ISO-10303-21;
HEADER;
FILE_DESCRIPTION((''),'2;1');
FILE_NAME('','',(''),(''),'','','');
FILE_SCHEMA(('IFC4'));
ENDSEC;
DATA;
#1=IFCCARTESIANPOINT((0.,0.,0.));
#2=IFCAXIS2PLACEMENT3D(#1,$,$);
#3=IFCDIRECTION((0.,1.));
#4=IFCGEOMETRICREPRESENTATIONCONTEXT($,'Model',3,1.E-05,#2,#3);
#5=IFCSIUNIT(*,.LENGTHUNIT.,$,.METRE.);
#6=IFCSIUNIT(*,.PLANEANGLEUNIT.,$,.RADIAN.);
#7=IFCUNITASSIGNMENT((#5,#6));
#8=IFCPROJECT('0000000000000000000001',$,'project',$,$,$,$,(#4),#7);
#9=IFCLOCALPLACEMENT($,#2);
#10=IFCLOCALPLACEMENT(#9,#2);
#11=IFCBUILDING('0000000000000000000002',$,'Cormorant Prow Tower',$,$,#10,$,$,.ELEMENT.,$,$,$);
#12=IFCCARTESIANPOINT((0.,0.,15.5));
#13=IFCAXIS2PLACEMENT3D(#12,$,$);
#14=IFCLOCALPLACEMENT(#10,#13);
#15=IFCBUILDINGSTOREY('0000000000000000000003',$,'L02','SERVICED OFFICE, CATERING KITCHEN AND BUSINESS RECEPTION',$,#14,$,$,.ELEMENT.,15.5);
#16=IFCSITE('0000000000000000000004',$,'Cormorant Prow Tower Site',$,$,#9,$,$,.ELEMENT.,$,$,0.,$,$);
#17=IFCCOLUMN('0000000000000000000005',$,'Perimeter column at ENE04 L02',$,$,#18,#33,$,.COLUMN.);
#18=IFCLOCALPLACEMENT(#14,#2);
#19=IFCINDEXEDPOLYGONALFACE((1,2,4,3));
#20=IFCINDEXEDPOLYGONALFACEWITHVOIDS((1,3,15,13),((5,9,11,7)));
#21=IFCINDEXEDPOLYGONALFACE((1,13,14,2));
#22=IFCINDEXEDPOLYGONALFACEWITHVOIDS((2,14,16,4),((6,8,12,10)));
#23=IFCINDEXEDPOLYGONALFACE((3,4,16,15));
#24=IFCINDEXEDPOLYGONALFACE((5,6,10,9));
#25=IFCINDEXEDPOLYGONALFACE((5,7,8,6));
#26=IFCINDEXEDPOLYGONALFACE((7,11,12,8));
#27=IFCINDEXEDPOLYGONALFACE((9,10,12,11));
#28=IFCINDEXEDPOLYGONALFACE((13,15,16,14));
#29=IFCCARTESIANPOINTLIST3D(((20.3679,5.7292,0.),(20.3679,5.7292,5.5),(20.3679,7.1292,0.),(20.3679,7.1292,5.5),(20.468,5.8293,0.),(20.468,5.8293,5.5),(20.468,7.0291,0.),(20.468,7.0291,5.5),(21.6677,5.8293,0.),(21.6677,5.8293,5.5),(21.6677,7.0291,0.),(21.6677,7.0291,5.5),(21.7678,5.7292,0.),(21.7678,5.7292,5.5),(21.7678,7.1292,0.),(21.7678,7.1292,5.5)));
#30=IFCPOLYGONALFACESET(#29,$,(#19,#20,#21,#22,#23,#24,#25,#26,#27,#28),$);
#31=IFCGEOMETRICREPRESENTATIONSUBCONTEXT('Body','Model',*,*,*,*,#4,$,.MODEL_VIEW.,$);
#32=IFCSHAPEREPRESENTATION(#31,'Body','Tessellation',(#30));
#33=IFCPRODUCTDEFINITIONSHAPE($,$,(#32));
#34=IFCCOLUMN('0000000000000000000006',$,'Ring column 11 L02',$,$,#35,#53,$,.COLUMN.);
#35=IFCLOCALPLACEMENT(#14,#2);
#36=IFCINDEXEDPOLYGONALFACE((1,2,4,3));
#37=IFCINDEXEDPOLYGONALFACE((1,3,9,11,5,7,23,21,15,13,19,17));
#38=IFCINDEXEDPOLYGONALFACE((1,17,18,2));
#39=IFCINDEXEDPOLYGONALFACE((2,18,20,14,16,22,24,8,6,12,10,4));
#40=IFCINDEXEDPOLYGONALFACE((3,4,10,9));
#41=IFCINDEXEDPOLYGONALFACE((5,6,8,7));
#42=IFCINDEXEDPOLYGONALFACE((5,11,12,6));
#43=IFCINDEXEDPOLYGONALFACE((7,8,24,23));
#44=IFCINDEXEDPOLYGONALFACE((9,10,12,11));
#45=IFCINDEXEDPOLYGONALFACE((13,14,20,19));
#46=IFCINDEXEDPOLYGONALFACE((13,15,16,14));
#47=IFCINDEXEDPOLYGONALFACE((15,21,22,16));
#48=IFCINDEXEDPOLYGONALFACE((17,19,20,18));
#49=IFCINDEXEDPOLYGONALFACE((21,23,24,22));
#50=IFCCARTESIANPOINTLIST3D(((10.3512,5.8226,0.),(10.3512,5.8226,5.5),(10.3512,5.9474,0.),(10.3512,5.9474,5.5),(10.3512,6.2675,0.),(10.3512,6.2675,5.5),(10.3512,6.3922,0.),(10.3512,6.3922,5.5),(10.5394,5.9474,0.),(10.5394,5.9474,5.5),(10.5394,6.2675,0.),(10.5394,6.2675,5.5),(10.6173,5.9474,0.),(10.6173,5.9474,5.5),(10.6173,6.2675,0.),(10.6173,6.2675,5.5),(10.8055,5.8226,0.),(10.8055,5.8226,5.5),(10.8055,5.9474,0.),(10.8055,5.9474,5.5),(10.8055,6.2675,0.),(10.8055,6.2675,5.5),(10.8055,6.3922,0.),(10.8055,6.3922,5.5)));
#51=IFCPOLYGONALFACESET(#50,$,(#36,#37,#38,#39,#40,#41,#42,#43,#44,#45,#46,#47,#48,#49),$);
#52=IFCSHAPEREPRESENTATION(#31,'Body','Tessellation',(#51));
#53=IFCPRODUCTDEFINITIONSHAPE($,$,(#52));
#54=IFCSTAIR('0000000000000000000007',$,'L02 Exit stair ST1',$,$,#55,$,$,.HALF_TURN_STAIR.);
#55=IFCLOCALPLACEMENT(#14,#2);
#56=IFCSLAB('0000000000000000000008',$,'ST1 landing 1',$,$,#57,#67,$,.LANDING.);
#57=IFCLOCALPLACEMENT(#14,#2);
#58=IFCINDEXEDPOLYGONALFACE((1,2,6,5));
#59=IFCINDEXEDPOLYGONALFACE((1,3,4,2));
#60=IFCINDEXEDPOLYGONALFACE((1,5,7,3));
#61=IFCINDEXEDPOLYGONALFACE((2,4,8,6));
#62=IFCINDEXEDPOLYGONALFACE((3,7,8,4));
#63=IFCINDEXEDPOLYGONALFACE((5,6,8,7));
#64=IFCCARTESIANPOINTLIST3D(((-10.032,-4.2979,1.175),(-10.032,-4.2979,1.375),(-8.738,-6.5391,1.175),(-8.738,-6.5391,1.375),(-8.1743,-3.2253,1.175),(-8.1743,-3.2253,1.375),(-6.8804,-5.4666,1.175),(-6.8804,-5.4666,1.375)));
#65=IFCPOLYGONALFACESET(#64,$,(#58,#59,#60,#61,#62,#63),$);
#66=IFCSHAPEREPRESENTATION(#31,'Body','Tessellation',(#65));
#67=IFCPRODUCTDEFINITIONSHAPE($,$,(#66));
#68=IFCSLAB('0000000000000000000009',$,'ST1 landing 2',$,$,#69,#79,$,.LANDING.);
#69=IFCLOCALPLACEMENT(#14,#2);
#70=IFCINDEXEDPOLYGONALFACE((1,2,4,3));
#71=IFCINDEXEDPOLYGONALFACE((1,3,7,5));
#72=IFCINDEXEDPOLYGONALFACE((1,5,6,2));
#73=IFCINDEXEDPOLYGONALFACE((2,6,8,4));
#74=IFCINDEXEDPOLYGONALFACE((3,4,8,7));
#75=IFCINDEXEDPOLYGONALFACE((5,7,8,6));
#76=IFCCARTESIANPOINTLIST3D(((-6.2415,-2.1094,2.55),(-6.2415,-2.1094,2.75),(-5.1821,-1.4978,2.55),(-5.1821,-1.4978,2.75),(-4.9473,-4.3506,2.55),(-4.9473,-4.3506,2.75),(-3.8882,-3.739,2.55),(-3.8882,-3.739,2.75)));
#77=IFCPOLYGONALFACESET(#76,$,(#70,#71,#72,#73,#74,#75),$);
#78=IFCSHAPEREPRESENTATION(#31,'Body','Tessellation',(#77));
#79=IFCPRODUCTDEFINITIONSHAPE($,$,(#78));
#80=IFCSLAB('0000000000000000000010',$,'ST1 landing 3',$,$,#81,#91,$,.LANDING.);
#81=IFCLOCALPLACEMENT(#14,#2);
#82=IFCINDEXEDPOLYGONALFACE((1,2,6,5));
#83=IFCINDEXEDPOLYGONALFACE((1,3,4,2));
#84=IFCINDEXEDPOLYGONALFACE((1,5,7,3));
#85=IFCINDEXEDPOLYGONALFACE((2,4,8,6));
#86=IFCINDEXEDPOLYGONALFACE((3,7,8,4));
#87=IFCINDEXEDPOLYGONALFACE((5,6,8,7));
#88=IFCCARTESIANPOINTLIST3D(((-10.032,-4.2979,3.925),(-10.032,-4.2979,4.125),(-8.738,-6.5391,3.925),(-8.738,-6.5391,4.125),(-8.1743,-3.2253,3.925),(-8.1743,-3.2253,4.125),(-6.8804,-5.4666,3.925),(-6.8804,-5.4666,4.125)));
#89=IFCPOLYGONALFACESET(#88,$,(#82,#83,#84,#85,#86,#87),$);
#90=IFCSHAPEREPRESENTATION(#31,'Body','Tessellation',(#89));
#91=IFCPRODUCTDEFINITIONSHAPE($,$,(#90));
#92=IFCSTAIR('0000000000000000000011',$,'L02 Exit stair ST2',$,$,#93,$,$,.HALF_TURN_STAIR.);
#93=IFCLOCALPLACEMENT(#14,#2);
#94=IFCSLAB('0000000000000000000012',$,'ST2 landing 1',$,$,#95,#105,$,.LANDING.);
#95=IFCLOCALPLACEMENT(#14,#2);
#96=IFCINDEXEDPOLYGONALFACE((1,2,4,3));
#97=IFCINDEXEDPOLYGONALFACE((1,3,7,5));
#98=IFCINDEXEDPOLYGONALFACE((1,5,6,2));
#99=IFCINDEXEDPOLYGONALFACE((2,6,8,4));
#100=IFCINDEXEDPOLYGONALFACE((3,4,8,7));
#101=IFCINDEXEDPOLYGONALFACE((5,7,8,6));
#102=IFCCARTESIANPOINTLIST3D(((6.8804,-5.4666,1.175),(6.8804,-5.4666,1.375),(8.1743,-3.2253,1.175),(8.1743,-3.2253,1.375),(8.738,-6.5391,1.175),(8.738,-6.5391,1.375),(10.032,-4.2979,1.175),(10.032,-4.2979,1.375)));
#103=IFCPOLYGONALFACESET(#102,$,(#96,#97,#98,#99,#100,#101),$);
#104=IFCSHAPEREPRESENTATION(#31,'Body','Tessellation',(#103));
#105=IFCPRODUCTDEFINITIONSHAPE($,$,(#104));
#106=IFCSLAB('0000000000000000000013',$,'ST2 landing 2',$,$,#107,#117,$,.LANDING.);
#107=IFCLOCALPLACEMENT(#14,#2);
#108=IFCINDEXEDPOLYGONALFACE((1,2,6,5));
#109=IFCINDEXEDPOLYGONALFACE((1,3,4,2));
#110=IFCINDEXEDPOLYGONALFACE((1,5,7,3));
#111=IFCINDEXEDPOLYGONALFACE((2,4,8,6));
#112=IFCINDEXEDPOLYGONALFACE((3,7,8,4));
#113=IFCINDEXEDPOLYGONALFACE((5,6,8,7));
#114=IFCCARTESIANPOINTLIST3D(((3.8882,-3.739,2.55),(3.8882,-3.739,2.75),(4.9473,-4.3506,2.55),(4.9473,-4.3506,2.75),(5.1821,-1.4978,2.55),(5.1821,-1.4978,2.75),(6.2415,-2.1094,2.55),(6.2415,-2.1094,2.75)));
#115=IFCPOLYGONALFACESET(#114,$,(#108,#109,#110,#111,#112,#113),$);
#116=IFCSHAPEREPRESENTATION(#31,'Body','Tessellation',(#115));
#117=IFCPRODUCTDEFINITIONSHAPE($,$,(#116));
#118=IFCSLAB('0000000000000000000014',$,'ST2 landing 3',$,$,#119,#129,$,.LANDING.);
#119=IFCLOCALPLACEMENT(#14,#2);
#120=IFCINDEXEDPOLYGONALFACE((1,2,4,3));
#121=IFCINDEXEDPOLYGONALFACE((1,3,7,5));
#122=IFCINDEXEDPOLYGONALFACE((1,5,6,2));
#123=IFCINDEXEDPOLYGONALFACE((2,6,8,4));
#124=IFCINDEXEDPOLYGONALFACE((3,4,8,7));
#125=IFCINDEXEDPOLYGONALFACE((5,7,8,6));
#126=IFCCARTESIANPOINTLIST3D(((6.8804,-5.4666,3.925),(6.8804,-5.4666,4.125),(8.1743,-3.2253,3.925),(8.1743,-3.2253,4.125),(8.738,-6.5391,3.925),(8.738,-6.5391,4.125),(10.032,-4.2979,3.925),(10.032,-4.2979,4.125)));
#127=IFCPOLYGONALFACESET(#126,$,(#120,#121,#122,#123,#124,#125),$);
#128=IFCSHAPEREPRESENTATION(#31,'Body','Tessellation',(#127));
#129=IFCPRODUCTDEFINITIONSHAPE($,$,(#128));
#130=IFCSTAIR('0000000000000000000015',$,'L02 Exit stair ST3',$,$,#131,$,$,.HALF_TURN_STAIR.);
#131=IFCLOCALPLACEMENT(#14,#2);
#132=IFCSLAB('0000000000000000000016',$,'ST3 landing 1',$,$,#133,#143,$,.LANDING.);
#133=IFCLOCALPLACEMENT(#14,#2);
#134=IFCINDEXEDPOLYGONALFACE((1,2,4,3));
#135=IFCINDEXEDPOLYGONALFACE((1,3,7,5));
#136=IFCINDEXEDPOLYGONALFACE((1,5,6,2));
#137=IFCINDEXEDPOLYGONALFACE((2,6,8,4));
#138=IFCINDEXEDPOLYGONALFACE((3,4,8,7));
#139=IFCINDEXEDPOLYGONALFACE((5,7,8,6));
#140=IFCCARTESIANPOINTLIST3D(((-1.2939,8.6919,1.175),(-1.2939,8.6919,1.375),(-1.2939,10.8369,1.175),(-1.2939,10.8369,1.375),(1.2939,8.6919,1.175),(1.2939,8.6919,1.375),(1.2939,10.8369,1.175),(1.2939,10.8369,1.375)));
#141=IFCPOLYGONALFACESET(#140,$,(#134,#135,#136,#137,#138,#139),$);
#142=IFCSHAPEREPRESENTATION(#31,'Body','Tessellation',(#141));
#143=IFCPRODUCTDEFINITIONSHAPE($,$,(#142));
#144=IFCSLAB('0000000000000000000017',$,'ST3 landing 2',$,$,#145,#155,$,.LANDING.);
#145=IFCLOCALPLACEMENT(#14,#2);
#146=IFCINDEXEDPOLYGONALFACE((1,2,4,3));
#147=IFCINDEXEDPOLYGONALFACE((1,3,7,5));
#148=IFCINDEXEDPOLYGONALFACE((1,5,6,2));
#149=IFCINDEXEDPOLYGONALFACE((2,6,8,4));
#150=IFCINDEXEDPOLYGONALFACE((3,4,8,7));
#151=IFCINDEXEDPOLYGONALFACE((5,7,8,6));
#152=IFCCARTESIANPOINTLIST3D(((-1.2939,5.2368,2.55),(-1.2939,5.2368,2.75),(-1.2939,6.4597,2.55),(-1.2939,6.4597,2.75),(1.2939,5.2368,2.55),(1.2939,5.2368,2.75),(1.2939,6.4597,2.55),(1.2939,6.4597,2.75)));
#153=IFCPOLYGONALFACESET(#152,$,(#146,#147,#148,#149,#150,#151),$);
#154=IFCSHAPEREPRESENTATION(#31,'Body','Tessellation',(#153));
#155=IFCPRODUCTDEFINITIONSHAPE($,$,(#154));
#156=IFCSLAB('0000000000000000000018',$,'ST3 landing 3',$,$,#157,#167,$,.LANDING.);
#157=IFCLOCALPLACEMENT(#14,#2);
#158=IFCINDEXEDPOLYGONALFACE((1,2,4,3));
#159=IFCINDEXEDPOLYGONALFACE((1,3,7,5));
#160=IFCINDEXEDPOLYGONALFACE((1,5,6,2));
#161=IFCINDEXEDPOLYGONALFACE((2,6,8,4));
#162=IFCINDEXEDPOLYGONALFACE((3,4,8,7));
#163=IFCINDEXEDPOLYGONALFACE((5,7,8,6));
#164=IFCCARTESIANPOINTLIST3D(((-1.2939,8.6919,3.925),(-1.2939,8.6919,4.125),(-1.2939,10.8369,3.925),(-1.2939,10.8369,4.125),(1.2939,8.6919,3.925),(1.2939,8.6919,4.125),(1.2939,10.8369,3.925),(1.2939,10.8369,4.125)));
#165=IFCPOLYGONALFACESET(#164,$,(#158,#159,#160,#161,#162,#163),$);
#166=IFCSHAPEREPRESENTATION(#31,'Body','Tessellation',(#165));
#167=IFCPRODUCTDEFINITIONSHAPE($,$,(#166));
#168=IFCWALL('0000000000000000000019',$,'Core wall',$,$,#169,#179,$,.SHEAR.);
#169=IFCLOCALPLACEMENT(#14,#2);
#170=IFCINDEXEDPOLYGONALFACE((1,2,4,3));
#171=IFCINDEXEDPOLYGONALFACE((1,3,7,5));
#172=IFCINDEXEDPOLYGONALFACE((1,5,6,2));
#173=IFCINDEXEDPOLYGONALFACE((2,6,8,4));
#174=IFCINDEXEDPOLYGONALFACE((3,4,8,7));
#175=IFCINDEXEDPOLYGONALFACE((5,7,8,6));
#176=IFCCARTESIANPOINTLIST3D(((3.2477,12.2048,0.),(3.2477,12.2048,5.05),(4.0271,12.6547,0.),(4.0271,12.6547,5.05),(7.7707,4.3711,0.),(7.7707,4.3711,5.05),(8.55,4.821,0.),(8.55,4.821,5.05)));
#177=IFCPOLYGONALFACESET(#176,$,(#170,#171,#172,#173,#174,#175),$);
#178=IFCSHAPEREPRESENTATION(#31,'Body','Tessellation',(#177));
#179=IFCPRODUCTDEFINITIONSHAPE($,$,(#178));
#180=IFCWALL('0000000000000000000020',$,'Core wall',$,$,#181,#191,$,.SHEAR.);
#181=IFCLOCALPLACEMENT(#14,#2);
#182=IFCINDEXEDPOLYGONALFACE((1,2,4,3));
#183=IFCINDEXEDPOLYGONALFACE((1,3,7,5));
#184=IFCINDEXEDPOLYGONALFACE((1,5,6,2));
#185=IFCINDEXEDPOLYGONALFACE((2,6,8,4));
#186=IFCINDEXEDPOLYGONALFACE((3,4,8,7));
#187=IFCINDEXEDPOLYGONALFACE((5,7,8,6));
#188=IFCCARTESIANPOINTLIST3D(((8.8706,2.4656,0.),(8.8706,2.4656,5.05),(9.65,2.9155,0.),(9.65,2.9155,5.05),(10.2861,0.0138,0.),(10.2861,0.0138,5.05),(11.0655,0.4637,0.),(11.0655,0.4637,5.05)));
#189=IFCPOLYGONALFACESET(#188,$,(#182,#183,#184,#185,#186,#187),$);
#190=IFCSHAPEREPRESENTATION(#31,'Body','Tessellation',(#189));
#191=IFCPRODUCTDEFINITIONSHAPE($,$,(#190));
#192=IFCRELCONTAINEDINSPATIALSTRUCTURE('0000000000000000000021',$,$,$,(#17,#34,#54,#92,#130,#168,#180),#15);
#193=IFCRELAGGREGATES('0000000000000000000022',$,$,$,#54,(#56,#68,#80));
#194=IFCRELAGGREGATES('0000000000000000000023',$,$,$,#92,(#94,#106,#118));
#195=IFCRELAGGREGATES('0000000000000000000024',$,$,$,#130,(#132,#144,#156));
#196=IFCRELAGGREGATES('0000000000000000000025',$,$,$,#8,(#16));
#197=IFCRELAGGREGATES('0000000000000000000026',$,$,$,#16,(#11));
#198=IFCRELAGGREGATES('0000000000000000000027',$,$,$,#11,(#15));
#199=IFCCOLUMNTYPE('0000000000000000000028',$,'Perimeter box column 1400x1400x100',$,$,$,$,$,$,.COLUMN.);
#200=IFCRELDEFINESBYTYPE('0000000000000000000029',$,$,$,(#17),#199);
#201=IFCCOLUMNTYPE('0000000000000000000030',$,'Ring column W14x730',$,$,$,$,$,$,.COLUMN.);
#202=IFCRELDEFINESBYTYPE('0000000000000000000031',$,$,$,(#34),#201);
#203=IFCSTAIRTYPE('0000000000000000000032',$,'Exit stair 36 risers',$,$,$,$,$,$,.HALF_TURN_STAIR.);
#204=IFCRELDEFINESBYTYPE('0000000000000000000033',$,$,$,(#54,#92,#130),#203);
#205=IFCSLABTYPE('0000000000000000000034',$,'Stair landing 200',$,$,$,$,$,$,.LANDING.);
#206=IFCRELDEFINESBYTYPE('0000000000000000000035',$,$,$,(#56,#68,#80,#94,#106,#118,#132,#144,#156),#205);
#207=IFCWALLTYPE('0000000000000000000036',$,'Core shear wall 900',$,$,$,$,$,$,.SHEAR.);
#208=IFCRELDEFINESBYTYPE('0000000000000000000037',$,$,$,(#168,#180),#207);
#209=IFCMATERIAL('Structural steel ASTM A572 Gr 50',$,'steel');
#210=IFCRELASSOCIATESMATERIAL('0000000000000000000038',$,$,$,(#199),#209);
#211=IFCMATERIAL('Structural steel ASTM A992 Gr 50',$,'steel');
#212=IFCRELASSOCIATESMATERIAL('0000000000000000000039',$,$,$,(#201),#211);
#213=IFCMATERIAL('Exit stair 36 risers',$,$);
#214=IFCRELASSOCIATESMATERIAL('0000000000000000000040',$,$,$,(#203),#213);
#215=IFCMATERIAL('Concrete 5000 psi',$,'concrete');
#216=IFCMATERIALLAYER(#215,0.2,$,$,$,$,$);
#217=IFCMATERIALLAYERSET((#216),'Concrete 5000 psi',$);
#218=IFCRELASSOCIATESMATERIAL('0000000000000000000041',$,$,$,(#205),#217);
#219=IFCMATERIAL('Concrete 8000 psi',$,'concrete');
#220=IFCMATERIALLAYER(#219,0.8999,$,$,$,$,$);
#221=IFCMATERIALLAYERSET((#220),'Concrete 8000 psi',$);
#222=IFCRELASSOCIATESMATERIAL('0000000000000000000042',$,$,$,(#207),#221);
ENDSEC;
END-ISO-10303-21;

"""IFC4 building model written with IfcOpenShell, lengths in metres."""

from ifc_helpers import new_model, si_unit, direction, frame, frame_2d, origin, origin_2d, place, context, subcontext, project, spatial, polyline, rectangle, hollow_rectangle, i_section, outline, extrude, material, layer, layer_set, material_profile, profile_set, type_object, element, aggregate, save


model = new_model("IFC4")

# Units and contexts
model_context = context("Model", 3, precision=1e-05, world=origin(), true_north=direction((0.0, 1.0)))
body_context = subcontext(model_context, "Body", "Model", "MODEL_VIEW")
ifc_project = project(units=[si_unit("LENGTHUNIT", "METRE"), si_unit("PLANEANGLEUNIT", "RADIAN")], contexts=[model_context])

# Site, building, storey
site_placement = place(None, origin())
site = spatial("IfcSite", under=ifc_project, at=site_placement, Name="Cormorant Prow Tower Site", CompositionType="ELEMENT", RefElevation=0.0)
building_placement = place(site_placement, origin())
building = spatial("IfcBuilding", under=site, at=building_placement, Name="Cormorant Prow Tower", CompositionType="ELEMENT")
storey_placement = place(building_placement, frame((0.0, 0.0, 15.5)))
storey = spatial("IfcBuildingStorey", under=building, at=storey_placement, Name="L02", Description="SERVICED OFFICE, CATERING KITCHEN AND BUSINESS RECEPTION", CompositionType="ELEMENT", Elevation=15.5)

# Columns
ifc_material_1 = material(Name="Structural steel ASTM A572 Gr 50", Category="steel")
ifc_material_profile_1 = material_profile(ifc_material_1, hollow_rectangle(XDim=1.3999, YDim=1.3999, WallThickness=0.1001, at=origin_2d()), Name="Box 1400x1400x100")
ifc_profile_set_1 = profile_set([ifc_material_profile_1], Name="Structural steel ASTM A572 Gr 50")
column_type_1 = type_object("IfcColumnType", Name="Perimeter box column 1400x1400x100", PredefinedType="COLUMN", material=ifc_profile_set_1)
column_1_placement = place(storey_placement, frame((21.0679, 6.4292, 0.0), z_axis=(0.0, 0.0, 1.0), x_axis=(1.0, 0.0, 0.0)))
element("IfcColumn", 1, at=column_1_placement, inside=storey, type_object=column_type_1, Name="Perimeter column at ENE04 L02", PredefinedType="COLUMN", context=body_context, shape_type="SweptSolid", body=[
    extrude(hollow_rectangle(XDim=1.3999, YDim=1.3999, WallThickness=0.1001, at=origin_2d()), origin(), (0.0, 0.0, 1.0), 5.5),
])
ifc_material_2 = material(Name="Structural steel ASTM A992 Gr 50", Category="steel")
ifc_material_profile_2 = material_profile(ifc_material_2, i_section(OverallWidth=0.4543, OverallDepth=0.5696, WebThickness=0.0779, FlangeThickness=0.1248, at=origin_2d()), Name="W14x730")
ifc_profile_set_2 = profile_set([ifc_material_profile_2], Name="Structural steel ASTM A992 Gr 50")
column_type_2 = type_object("IfcColumnType", Name="Ring column W14x730", PredefinedType="COLUMN", material=ifc_profile_set_2)
column_2_placement = place(storey_placement, frame((10.5784, 6.1074, 0.0), z_axis=(0.0, 0.0, 1.0), x_axis=(1.0, 0.0, 0.0)))
element("IfcColumn", 2, at=column_2_placement, inside=storey, type_object=column_type_2, Name="Ring column 11 L02", PredefinedType="COLUMN", context=body_context, shape_type="SweptSolid", body=[
    extrude(i_section(OverallWidth=0.4543, OverallDepth=0.5696, WebThickness=0.0779, FlangeThickness=0.1248, at=origin_2d()), origin(), (0.0, 0.0, 1.0), 5.5),
])

# Stairs, slabs
ifc_material_3 = material(Name="Exit stair 36 risers")
stair_type = type_object("IfcStairType", Name="Exit stair 36 risers", PredefinedType="HALF_TURN_STAIR", material=ifc_material_3)
stair_1_placement = place(storey_placement, origin())
stair_1 = element("IfcStair", 3, at=stair_1_placement, inside=storey, type_object=stair_type, Name="L02 Exit stair ST1", PredefinedType="HALF_TURN_STAIR")
ifc_material_4 = material(Name="Concrete 5000 psi", Category="concrete")
ifc_layer_1 = layer(ifc_material_4, 0.2)
ifc_layer_set_1 = layer_set([ifc_layer_1], Name="Concrete 5000 psi")
slab_type = type_object("IfcSlabType", Name="Stair landing 200", PredefinedType="LANDING", material=ifc_layer_set_1)
slab_1_placement = place(storey_placement, frame((0.0, 0.0, 1.175)))
slab_1 = element("IfcSlab", 4, at=slab_1_placement, type_object=slab_type, Name="ST1 landing 1", PredefinedType="LANDING", context=body_context, shape_type="SweptSolid", body=[
    extrude(outline(polyline([(-8.1743, -3.2253), (-10.032, -4.2979), (-8.738, -6.5391), (-6.8804, -5.4666), (-8.1743, -3.2253)])), origin(), (0.0, 0.0, 1.0), 0.2),
])
slab_2_placement = place(storey_placement, frame((0.0, 0.0, 2.55)))
slab_2 = element("IfcSlab", 5, at=slab_2_placement, type_object=slab_type, Name="ST1 landing 2", PredefinedType="LANDING", context=body_context, shape_type="SweptSolid", body=[
    extrude(outline(polyline([(-5.1821, -1.4978), (-6.2415, -2.1094), (-4.9473, -4.3506), (-3.8882, -3.739), (-5.1821, -1.4978)])), origin(), (0.0, 0.0, 1.0), 0.2),
])
slab_3_placement = place(storey_placement, frame((0.0, 0.0, 3.925)))
slab_3 = element("IfcSlab", 6, at=slab_3_placement, type_object=slab_type, Name="ST1 landing 3", PredefinedType="LANDING", context=body_context, shape_type="SweptSolid", body=[
    extrude(outline(polyline([(-8.1743, -3.2253), (-10.032, -4.2979), (-8.738, -6.5391), (-6.8804, -5.4666), (-8.1743, -3.2253)])), origin(), (0.0, 0.0, 1.0), 0.2),
])
aggregate(stair_1, [slab_1, slab_2, slab_3])
stair_2_placement = place(storey_placement, origin())
stair_2 = element("IfcStair", 7, at=stair_2_placement, inside=storey, type_object=stair_type, Name="L02 Exit stair ST2", PredefinedType="HALF_TURN_STAIR")
slab_4_placement = place(storey_placement, frame((0.0, 0.0, 1.175)))
slab_4 = element("IfcSlab", 8, at=slab_4_placement, type_object=slab_type, Name="ST2 landing 1", PredefinedType="LANDING", context=body_context, shape_type="SweptSolid", body=[
    extrude(outline(polyline([(6.8804, -5.4666), (8.738, -6.5391), (10.032, -4.2979), (8.1743, -3.2253), (6.8804, -5.4666)])), origin(), (0.0, 0.0, 1.0), 0.2),
])
slab_5_placement = place(storey_placement, frame((0.0, 0.0, 2.55)))
slab_5 = element("IfcSlab", 9, at=slab_5_placement, type_object=slab_type, Name="ST2 landing 2", PredefinedType="LANDING", context=body_context, shape_type="SweptSolid", body=[
    extrude(outline(polyline([(3.8882, -3.739), (4.9473, -4.3506), (6.2415, -2.1094), (5.1821, -1.4978), (3.8882, -3.739)])), origin(), (0.0, 0.0, 1.0), 0.2),
])
slab_6_placement = place(storey_placement, frame((0.0, 0.0, 3.925)))
slab_6 = element("IfcSlab", 10, at=slab_6_placement, type_object=slab_type, Name="ST2 landing 3", PredefinedType="LANDING", context=body_context, shape_type="SweptSolid", body=[
    extrude(outline(polyline([(6.8804, -5.4666), (8.738, -6.5391), (10.032, -4.2979), (8.1743, -3.2253), (6.8804, -5.4666)])), origin(), (0.0, 0.0, 1.0), 0.2),
])
aggregate(stair_2, [slab_4, slab_5, slab_6])
stair_3_placement = place(storey_placement, origin())
stair_3 = element("IfcStair", 11, at=stair_3_placement, inside=storey, type_object=stair_type, Name="L02 Exit stair ST3", PredefinedType="HALF_TURN_STAIR")
slab_7_placement = place(storey_placement, frame((0.0, 0.0, 1.175)))
slab_7 = element("IfcSlab", 12, at=slab_7_placement, type_object=slab_type, Name="ST3 landing 1", PredefinedType="LANDING", context=body_context, shape_type="SweptSolid", body=[
    extrude(outline(polyline([(1.2939, 8.6919), (1.2939, 10.8369), (-1.2939, 10.8369), (-1.2939, 8.6919), (1.2939, 8.6919)])), origin(), (0.0, 0.0, 1.0), 0.2),
])
slab_8_placement = place(storey_placement, frame((0.0, 0.0, 2.55)))
slab_8 = element("IfcSlab", 13, at=slab_8_placement, type_object=slab_type, Name="ST3 landing 2", PredefinedType="LANDING", context=body_context, shape_type="SweptSolid", body=[
    extrude(outline(polyline([(1.2939, 5.2368), (1.2939, 6.4597), (-1.2939, 6.4597), (-1.2939, 5.2368), (1.2939, 5.2368)])), origin(), (0.0, 0.0, 1.0), 0.2),
])
slab_9_placement = place(storey_placement, frame((0.0, 0.0, 3.925)))
slab_9 = element("IfcSlab", 14, at=slab_9_placement, type_object=slab_type, Name="ST3 landing 3", PredefinedType="LANDING", context=body_context, shape_type="SweptSolid", body=[
    extrude(outline(polyline([(1.2939, 8.6919), (1.2939, 10.8369), (-1.2939, 10.8369), (-1.2939, 8.6919), (1.2939, 8.6919)])), origin(), (0.0, 0.0, 1.0), 0.2),
])

# Walls
ifc_material_5 = material(Name="Concrete 8000 psi", Category="concrete")
ifc_layer_2 = layer(ifc_material_5, 0.8999)
ifc_layer_set_2 = layer_set([ifc_layer_2], Name="Concrete 8000 psi")
wall_type_1 = type_object("IfcWallType", Name="Core shear wall 900", PredefinedType="SHEAR", material=ifc_layer_set_2)
wall_1_placement = place(storey_placement, frame((8.1604, 4.5959, 0.0), z_axis=(0.0, 0.0, 1.0), x_axis=(-0.500011, 0.866019, 0.0)))
element("IfcWall", 15, at=wall_1_placement, inside=storey, type_object=wall_type_1, Name="Core wall", PredefinedType="SHEAR", context=body_context, shape_type="SweptSolid", body=[
    extrude(rectangle(XDim=9.0457, YDim=0.8999, at=frame_2d((4.5229, 0.0))), origin(), (0.0, 0.0, 1.0), 5.05),
])
wall_2_placement = place(storey_placement, frame((10.6758, 0.2388, 0.0), z_axis=(0.0, 0.0, 1.0), x_axis=(-0.499979, 0.866038, 0.0)))
element("IfcWall", 16, at=wall_2_placement, inside=storey, type_object=wall_type_1, Name="Core wall", PredefinedType="SHEAR", context=body_context, shape_type="SweptSolid", body=[
    extrude(rectangle(XDim=2.8311, YDim=0.8999, at=frame_2d((1.4155, 0.0))), origin(), (0.0, 0.0, 1.0), 5.05),
])

aggregate(stair_3, [slab_7, slab_8, slab_9])

save(model, "model.ifc")
